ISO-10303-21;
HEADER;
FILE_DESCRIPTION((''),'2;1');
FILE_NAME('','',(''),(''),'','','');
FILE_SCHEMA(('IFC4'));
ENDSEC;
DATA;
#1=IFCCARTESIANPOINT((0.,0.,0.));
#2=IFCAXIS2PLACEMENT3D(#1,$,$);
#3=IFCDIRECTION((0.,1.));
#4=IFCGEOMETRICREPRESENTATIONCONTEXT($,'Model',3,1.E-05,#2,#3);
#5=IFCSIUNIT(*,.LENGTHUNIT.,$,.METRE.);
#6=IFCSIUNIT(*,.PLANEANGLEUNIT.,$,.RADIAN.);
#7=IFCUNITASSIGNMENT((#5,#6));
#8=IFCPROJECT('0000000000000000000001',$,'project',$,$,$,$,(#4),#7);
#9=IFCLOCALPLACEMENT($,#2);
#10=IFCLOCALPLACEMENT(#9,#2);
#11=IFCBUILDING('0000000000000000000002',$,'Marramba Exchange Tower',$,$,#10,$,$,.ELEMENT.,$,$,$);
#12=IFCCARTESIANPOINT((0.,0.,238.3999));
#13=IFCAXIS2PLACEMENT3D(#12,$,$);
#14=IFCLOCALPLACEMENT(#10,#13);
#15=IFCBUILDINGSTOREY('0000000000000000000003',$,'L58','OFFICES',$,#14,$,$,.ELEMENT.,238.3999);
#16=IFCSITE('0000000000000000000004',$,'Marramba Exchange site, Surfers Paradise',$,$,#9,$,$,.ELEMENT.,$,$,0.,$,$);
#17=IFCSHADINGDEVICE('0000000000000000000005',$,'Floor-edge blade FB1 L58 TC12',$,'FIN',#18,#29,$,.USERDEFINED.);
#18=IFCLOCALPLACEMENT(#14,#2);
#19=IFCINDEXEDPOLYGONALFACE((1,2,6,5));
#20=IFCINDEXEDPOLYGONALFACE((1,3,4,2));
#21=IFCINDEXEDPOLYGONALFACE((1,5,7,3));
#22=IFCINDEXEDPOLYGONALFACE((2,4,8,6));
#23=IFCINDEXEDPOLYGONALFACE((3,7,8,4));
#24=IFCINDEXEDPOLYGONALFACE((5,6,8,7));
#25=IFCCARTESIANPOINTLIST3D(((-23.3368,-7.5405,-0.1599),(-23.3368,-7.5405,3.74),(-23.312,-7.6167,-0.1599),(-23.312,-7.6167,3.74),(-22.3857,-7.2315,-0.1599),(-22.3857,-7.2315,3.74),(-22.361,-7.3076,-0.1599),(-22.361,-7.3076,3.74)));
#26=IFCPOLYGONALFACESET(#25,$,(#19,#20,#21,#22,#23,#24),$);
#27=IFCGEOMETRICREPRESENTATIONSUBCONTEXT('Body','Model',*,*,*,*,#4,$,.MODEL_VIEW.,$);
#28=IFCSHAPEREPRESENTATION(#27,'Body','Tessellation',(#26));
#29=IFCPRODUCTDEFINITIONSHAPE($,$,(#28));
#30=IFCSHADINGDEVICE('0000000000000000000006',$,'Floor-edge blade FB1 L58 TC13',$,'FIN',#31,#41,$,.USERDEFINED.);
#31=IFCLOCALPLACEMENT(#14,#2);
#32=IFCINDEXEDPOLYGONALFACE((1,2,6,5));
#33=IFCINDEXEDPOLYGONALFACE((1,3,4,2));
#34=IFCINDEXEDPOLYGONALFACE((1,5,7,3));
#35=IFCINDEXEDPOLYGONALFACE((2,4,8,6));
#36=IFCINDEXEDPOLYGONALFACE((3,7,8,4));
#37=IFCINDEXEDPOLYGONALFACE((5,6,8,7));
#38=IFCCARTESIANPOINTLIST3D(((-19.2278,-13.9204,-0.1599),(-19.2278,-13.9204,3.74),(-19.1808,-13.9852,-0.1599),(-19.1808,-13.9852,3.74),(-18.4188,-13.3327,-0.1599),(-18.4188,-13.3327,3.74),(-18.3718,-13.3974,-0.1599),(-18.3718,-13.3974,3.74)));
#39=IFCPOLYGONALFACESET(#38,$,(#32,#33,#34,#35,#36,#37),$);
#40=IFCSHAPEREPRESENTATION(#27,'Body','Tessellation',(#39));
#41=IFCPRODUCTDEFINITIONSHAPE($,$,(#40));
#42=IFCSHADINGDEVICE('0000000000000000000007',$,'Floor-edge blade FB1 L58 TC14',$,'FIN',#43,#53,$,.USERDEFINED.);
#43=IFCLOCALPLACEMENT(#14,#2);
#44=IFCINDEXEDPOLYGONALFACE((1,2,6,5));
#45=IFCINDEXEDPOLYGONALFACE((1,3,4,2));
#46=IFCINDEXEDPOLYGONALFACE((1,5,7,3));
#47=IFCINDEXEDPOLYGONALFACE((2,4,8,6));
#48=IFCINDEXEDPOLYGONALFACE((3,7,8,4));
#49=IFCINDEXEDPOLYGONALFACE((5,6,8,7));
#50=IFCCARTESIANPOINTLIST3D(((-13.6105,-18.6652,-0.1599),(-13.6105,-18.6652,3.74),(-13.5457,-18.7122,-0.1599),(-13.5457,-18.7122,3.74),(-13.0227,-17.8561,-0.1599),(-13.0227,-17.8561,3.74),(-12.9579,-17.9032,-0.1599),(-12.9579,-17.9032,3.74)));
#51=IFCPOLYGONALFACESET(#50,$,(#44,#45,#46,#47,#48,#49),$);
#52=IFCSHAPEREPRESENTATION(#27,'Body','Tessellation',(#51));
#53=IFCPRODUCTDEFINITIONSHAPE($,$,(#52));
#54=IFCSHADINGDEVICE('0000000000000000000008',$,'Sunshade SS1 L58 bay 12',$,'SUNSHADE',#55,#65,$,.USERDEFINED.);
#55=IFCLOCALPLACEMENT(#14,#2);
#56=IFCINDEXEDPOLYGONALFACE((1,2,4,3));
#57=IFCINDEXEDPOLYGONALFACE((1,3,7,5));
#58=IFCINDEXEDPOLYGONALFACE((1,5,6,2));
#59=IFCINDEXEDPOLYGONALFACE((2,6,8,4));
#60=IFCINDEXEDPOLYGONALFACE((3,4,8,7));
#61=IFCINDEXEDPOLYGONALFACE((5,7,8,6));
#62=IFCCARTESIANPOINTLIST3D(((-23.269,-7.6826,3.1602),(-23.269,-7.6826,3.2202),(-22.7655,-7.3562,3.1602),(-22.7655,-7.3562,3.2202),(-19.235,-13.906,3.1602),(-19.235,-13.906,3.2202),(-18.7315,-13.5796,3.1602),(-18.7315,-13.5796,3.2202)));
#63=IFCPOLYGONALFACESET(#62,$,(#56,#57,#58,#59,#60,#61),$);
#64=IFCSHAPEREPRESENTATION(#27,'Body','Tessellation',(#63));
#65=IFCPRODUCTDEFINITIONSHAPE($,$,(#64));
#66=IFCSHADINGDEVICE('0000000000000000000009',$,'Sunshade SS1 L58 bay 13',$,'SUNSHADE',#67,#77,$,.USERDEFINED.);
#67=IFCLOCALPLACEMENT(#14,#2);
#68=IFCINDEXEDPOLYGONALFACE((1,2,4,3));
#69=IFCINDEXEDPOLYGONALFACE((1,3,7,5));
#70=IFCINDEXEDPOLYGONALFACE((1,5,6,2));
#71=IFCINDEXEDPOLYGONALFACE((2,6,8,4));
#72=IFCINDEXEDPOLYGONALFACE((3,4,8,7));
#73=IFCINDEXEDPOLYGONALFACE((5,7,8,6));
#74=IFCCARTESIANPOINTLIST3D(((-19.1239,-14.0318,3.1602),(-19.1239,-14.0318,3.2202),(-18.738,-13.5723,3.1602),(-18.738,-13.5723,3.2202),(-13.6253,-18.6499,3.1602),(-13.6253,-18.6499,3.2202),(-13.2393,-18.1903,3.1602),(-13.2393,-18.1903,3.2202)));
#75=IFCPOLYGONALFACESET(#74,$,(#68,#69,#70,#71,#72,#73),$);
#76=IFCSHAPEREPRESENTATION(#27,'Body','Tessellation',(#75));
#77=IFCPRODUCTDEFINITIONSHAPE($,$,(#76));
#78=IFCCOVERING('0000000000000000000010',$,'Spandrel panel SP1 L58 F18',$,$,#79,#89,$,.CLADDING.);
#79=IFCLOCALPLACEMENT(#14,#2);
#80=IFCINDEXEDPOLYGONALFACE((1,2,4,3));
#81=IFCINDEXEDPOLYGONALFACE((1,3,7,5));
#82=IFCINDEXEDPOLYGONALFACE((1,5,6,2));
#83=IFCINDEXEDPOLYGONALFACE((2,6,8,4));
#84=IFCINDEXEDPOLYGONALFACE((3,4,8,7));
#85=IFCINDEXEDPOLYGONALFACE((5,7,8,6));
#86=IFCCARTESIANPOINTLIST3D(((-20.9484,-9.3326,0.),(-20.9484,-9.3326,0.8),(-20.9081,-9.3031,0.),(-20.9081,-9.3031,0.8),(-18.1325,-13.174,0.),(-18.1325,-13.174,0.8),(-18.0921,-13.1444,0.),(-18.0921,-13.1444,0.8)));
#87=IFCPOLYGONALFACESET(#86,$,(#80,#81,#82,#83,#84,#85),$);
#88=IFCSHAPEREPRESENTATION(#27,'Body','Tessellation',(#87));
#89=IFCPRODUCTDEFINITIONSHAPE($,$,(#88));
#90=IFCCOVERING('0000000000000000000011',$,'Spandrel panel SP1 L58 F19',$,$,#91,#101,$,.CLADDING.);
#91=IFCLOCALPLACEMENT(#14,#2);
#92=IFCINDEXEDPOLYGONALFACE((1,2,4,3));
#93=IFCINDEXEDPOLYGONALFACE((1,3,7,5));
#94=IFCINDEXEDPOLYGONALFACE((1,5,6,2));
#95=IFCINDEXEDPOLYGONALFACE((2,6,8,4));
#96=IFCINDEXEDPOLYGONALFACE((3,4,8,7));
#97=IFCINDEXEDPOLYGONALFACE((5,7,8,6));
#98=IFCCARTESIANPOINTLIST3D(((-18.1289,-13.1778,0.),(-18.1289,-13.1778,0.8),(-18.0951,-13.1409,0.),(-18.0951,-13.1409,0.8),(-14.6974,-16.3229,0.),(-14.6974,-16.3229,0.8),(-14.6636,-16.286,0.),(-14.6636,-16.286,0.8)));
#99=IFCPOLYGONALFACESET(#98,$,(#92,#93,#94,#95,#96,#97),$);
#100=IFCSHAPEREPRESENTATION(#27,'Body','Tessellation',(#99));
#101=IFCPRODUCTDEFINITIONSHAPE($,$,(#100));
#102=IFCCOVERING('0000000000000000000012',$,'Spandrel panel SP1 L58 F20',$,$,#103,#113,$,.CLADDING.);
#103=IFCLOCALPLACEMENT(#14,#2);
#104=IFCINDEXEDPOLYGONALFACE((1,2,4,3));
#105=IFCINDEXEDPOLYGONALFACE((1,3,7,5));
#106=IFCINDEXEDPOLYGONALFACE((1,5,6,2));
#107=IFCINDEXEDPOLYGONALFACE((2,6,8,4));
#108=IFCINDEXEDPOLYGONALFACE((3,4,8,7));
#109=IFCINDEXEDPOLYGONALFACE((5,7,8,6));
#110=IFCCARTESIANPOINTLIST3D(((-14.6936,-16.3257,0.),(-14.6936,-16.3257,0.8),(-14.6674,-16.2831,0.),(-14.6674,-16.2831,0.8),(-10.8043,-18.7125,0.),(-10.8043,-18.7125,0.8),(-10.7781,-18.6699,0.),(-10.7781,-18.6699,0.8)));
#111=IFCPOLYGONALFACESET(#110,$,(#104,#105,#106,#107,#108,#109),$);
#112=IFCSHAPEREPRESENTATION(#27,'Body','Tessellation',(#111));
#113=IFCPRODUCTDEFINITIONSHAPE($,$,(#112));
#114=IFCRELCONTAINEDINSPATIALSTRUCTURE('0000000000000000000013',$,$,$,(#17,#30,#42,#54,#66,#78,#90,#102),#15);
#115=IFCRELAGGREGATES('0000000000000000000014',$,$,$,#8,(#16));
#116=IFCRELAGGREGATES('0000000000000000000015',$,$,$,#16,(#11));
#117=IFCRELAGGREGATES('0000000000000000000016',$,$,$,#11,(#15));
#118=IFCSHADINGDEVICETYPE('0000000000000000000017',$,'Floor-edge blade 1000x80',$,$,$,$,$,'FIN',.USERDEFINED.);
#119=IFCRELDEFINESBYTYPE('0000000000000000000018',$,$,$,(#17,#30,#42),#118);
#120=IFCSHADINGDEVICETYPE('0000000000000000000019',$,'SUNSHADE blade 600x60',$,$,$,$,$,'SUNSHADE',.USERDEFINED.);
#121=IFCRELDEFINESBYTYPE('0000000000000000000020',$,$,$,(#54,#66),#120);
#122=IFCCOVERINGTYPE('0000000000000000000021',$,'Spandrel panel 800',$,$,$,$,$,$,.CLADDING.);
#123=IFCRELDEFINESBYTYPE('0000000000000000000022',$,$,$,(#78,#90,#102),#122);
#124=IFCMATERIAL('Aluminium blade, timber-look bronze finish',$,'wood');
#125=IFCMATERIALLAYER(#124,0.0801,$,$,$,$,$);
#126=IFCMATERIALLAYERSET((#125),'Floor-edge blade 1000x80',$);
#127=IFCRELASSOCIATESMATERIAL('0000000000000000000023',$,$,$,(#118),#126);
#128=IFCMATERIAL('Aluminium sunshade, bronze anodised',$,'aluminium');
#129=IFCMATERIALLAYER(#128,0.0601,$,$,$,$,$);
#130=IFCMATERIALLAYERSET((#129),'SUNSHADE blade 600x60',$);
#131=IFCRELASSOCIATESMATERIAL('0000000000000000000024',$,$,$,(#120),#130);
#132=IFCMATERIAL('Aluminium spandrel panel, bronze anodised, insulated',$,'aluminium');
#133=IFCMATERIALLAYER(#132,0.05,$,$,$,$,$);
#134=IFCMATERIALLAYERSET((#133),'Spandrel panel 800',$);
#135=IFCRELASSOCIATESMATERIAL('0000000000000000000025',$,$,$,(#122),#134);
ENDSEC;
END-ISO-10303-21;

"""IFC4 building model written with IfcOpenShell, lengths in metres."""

from ifc_helpers import new_model, si_unit, direction, frame, origin, origin_2d, place, context, subcontext, project, spatial, rectangle, extrude, material, layer, layer_set, type_object, element, save


model = new_model("IFC4")

# Units and contexts
model_context = context("Model", 3, precision=1e-05, world=origin(), true_north=direction((0.0, 1.0)))
body_context = subcontext(model_context, "Body", "Model", "MODEL_VIEW")
ifc_project = project(units=[si_unit("LENGTHUNIT", "METRE"), si_unit("PLANEANGLEUNIT", "RADIAN")], contexts=[model_context])

# Site, building, storey
site_placement = place(None, origin())
site = spatial("IfcSite", under=ifc_project, at=site_placement, Name="Marramba Exchange site, Surfers Paradise", CompositionType="ELEMENT", RefElevation=0.0)
building_placement = place(site_placement, origin())
building = spatial("IfcBuilding", under=site, at=building_placement, Name="Marramba Exchange Tower", CompositionType="ELEMENT")
storey_placement = place(building_placement, frame((0.0, 0.0, 238.3999)))
storey = spatial("IfcBuildingStorey", under=building, at=storey_placement, Name="L58", Description="OFFICES", CompositionType="ELEMENT", Elevation=238.3999)

# Shading devices
ifc_material_1 = material(Name="Aluminium blade, timber-look bronze finish", Category="wood")
ifc_layer_1 = layer(ifc_material_1, 0.0801)
ifc_layer_set_1 = layer_set([ifc_layer_1], Name="Floor-edge blade 1000x80")
shading_device_type_1 = type_object("IfcShadingDeviceType", Name="Floor-edge blade 1000x80", ElementType="FIN", PredefinedType="USERDEFINED", material=ifc_layer_set_1)
for number, where, z_axis, x_axis, name in (
    (1, (-22.8489, -7.4241, -0.1599), (0.0, 0.0, 1.0), (-0.951057, -0.309017, 0.0), "Floor-edge blade FB1 L58 TC12"),
    (2, (-18.7998, -13.6589, -0.1599), (0.0, 0.0, 1.0), (-0.809017, -0.587785, 0.0), "Floor-edge blade FB1 L58 TC13"),
    (3, (-13.2842, -18.2842, -0.1599), (0.0, 0.0, 1.0), (-0.587785, -0.809017, 0.0), "Floor-edge blade FB1 L58 TC14"),
):
    element("IfcShadingDevice", number, at=place(storey_placement, frame(where, z_axis=z_axis, x_axis=x_axis)), inside=storey, type_object=shading_device_type_1, Name=name, ObjectType="FIN", PredefinedType="USERDEFINED", context=body_context, shape_type="SweptSolid", body=[
        extrude(rectangle(XDim=1.0, YDim=0.0801, at=origin_2d()), origin(), (0.0, 0.0, 1.0), 3.8999),
    ])
ifc_material_2 = material(Name="Aluminium sunshade, bronze anodised", Category="aluminium")
ifc_layer_2 = layer(ifc_material_2, 0.0601)
ifc_layer_set_2 = layer_set([ifc_layer_2], Name="SUNSHADE blade 600x60")
shading_device_type_2 = type_object("IfcShadingDeviceType", Name="SUNSHADE blade 600x60", ElementType="SUNSHADE", PredefinedType="USERDEFINED", material=ifc_layer_set_2)
shading_device_1_placement = place(storey_placement, frame((-21.0002, -10.6311, 3.1602), z_axis=(0.0, 0.0, 1.0), x_axis=(0.543922, -0.839136, 0.0)))
element("IfcShadingDevice", 4, at=shading_device_1_placement, inside=storey, type_object=shading_device_type_2, Name="Sunshade SS1 L58 bay 12", ObjectType="SUNSHADE", PredefinedType="USERDEFINED", context=body_context, shape_type="SweptSolid", body=[
    extrude(rectangle(XDim=7.4165, YDim=0.6001, at=origin_2d()), origin(), (0.0, 0.0, 1.0), 0.0601),
])
shading_device_2_placement = place(storey_placement, frame((-16.1816, -16.1111, 3.1602), z_axis=(0.0, 0.0, 1.0), x_axis=(0.765762, -0.643124, 0.0)))
element("IfcShadingDevice", 5, at=shading_device_2_placement, inside=storey, type_object=shading_device_type_2, Name="Sunshade SS1 L58 bay 13", ObjectType="SUNSHADE", PredefinedType="USERDEFINED", context=body_context, shape_type="SweptSolid", body=[
    extrude(rectangle(XDim=7.1807, YDim=0.6001, at=origin_2d()), origin(), (0.0, 0.0, 1.0), 0.0601),
])

# Coverings
ifc_material_3 = material(Name="Aluminium spandrel panel, bronze anodised, insulated", Category="aluminium")
ifc_layer_3 = layer(ifc_material_3, 0.05)
ifc_layer_set_3 = layer_set([ifc_layer_3], Name="Spandrel panel 800")
covering_type = type_object("IfcCoveringType", Name="Spandrel panel 800", PredefinedType="CLADDING", material=ifc_layer_set_3)
covering_1_placement = place(storey_placement, frame((-19.5203, -11.2385, 0.0), z_axis=(0.0, 0.0, 1.0), x_axis=(0.591223, -0.806508, 0.0)))
element("IfcCovering", 6, at=covering_1_placement, inside=storey, type_object=covering_type, Name="Spandrel panel SP1 L58 F18", PredefinedType="CLADDING", context=body_context, shape_type="SweptSolid", body=[
    extrude(rectangle(XDim=4.7629, YDim=0.05, at=origin_2d()), origin(), (0.0, 0.0, 1.0), 0.8),
])
covering_2_placement = place(storey_placement, frame((-16.3962, -14.7319, 0.0), z_axis=(0.0, 0.0, 1.0), x_axis=(0.737203, -0.675671, 0.0)))
element("IfcCovering", 7, at=covering_2_placement, inside=storey, type_object=covering_type, Name="Spandrel panel SP1 L58 F19", PredefinedType="CLADDING", context=body_context, shape_type="SweptSolid", body=[
    extrude(rectangle(XDim=4.6548, YDim=0.05, at=origin_2d()), origin(), (0.0, 0.0, 1.0), 0.8),
])
covering_3_placement = place(storey_placement, frame((-12.7358, -17.4978, 0.0), z_axis=(0.0, 0.0, 1.0), x_axis=(0.852301, -0.523052, 0.0)))
element("IfcCovering", 8, at=covering_3_placement, inside=storey, type_object=covering_type, Name="Spandrel panel SP1 L58 F20", PredefinedType="CLADDING", context=body_context, shape_type="SweptSolid", body=[
    extrude(rectangle(XDim=4.5632, YDim=0.05, at=origin_2d()), origin(), (0.0, 0.0, 1.0), 0.8),
])

save(model, "model.ifc")
